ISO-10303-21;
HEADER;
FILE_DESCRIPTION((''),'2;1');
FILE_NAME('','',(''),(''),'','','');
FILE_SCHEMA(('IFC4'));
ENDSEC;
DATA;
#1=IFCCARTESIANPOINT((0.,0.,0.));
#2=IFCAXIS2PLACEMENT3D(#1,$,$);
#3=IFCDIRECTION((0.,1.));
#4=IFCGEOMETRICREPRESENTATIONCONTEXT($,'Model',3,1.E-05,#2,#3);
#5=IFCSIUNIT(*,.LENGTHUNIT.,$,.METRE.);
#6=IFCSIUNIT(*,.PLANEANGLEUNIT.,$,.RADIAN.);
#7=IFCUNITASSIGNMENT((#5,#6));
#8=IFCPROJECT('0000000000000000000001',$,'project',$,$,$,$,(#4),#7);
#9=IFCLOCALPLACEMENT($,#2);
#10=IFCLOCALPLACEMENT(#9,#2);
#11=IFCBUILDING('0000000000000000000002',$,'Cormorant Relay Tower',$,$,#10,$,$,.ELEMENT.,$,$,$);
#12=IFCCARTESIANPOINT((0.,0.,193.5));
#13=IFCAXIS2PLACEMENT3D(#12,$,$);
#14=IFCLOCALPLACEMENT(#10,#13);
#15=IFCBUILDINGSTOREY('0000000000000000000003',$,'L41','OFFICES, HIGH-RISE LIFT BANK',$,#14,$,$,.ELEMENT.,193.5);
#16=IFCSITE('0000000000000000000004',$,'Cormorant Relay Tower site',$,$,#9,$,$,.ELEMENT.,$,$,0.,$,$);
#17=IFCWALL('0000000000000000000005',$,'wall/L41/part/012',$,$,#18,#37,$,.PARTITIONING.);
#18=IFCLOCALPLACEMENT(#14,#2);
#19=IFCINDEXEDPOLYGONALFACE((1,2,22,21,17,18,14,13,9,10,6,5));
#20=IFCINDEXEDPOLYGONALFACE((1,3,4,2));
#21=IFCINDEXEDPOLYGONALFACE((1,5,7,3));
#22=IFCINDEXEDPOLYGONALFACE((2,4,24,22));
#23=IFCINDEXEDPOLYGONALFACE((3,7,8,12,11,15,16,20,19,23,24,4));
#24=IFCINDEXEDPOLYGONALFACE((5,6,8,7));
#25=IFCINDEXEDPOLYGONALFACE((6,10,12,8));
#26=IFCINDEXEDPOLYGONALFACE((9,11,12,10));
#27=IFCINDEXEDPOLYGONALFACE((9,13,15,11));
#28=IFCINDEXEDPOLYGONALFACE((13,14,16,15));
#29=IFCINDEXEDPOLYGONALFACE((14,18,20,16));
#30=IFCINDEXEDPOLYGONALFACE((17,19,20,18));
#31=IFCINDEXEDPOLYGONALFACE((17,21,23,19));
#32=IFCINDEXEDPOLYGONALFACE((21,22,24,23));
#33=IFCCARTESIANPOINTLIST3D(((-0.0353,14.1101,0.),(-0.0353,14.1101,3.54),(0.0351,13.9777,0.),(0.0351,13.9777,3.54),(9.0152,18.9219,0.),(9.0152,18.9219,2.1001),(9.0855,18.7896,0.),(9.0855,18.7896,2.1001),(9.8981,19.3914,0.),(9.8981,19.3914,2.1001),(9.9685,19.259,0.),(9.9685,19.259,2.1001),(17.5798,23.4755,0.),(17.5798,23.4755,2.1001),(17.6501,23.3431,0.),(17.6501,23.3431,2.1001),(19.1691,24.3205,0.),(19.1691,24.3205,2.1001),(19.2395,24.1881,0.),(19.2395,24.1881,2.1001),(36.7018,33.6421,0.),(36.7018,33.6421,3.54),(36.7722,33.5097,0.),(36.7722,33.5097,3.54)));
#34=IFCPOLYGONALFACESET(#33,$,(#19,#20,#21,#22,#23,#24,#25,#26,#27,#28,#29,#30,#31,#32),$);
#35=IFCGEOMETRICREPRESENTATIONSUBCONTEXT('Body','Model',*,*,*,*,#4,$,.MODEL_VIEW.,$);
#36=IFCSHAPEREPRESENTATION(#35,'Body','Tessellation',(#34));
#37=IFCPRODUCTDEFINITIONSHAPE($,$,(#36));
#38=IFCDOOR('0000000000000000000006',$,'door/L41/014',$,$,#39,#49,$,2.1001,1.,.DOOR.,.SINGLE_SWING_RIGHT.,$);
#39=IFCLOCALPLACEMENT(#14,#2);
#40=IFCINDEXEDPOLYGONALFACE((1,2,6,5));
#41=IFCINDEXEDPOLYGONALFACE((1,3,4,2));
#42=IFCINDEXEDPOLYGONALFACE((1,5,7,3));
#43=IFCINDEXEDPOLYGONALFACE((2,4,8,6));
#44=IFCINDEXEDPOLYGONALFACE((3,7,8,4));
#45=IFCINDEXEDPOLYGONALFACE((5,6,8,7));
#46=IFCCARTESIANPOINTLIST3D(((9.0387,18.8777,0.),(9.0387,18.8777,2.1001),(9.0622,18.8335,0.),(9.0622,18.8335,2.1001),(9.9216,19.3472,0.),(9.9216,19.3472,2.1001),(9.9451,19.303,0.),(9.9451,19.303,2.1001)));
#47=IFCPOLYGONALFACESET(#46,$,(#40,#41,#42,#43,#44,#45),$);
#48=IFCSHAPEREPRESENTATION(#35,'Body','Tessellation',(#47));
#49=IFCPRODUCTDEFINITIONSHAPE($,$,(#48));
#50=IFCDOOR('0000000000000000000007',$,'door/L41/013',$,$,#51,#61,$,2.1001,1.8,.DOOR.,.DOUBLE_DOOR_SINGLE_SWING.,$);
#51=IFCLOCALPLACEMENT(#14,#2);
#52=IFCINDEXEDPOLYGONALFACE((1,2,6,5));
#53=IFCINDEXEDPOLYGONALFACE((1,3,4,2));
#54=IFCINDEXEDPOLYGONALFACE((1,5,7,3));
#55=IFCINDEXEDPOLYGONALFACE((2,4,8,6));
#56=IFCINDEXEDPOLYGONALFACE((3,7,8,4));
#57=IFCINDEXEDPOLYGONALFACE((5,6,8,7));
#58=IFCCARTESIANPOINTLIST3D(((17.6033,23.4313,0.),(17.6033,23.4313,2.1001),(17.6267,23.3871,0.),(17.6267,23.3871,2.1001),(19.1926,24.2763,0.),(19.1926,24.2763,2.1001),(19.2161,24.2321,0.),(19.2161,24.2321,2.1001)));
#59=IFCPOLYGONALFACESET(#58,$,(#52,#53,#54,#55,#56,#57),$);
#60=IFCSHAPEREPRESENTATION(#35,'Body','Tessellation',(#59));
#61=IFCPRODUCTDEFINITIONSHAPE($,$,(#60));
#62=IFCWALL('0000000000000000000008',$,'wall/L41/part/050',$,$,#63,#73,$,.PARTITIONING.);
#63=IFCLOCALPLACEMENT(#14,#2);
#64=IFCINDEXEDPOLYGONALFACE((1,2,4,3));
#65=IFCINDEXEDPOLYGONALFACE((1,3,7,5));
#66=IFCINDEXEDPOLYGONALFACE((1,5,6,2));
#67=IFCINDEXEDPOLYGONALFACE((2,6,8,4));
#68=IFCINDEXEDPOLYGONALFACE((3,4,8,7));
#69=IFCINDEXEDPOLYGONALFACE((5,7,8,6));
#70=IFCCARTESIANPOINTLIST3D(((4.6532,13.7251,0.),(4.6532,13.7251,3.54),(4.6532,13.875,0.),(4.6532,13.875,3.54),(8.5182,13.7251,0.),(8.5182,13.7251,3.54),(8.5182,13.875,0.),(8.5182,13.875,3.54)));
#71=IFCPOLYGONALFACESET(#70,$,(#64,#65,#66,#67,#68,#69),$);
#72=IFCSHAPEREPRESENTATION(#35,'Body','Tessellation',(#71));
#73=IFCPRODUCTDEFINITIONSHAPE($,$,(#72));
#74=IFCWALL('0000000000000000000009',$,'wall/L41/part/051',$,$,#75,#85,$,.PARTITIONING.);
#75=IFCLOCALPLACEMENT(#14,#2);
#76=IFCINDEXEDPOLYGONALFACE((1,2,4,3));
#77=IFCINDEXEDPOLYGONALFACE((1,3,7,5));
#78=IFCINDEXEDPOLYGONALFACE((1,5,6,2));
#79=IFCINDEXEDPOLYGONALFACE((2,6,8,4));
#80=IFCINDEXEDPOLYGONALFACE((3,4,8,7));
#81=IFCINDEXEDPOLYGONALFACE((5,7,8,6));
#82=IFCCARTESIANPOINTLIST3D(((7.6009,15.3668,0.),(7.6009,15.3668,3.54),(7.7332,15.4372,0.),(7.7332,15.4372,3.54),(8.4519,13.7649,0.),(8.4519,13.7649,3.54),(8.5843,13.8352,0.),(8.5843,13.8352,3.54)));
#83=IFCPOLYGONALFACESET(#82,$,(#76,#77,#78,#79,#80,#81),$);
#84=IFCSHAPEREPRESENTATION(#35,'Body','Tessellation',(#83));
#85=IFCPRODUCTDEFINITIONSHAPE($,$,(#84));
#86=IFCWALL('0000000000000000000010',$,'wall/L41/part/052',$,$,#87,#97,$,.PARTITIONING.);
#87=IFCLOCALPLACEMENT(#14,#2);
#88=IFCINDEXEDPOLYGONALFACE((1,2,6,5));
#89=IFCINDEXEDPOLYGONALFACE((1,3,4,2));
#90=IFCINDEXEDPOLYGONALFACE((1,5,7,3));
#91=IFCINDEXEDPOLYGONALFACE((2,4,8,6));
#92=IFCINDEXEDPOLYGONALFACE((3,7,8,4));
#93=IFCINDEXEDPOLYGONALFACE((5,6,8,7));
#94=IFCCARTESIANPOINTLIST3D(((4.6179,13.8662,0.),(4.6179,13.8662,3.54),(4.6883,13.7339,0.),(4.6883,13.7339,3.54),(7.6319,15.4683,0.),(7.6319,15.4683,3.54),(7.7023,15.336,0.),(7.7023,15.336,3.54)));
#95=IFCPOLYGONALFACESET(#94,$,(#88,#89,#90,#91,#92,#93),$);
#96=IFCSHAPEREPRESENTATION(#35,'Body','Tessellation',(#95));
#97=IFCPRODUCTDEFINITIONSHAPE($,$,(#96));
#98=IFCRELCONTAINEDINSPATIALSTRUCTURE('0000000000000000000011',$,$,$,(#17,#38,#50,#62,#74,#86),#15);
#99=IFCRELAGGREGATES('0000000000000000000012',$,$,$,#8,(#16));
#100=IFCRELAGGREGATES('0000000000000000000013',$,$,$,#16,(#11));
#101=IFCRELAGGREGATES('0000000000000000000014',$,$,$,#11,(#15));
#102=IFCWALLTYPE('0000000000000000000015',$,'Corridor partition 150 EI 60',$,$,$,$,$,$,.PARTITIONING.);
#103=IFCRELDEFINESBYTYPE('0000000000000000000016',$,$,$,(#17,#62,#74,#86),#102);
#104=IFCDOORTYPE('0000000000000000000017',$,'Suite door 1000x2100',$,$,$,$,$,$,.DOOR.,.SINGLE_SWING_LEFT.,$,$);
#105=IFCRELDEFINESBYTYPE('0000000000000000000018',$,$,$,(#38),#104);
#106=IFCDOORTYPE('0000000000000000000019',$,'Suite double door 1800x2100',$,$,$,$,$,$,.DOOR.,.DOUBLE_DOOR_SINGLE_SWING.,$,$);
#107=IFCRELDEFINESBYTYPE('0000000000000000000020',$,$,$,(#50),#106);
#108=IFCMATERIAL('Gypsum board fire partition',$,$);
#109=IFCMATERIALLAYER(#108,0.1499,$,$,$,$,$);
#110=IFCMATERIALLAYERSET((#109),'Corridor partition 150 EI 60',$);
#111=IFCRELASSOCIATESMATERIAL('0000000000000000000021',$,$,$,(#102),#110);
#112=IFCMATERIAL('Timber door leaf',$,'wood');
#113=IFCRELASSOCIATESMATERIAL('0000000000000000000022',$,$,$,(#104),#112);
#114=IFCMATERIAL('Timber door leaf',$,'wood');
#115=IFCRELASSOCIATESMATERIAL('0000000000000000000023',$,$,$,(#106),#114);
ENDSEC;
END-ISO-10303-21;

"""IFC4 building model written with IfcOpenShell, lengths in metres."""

from ifc_helpers import new_model, si_unit, direction, frame, frame_2d, origin, place, context, subcontext, project, spatial, rectangle, extrude, material, layer, layer_set, type_object, element, fill, save


model = new_model("IFC4")

# Units and contexts
model_context = context("Model", 3, precision=1e-05, world=origin(), true_north=direction((0.0, 1.0)))
body_context = subcontext(model_context, "Body", "Model", "MODEL_VIEW")
ifc_project = project(units=[si_unit("LENGTHUNIT", "METRE"), si_unit("PLANEANGLEUNIT", "RADIAN")], contexts=[model_context])

# Site, building, storey
site_placement = place(None, origin())
site = spatial("IfcSite", under=ifc_project, at=site_placement, Name="Cormorant Relay Tower site", CompositionType="ELEMENT", RefElevation=0.0)
building_placement = place(site_placement, origin())
building = spatial("IfcBuilding", under=site, at=building_placement, Name="Cormorant Relay Tower", CompositionType="ELEMENT")
storey_placement = place(building_placement, frame((0.0, 0.0, 193.5)))
storey = spatial("IfcBuildingStorey", under=building, at=storey_placement, Name="L41", Description="OFFICES, HIGH-RISE LIFT BANK", CompositionType="ELEMENT", Elevation=193.5)

# Wall, openings, doors
ifc_material_1 = material(Name="Gypsum board fire partition")
ifc_layer_1 = layer(ifc_material_1, 0.1499)
ifc_layer_set_1 = layer_set([ifc_layer_1], Name="Corridor partition 150 EI 60")
wall_type_1 = type_object("IfcWallType", Name="Corridor partition 150 EI 60", PredefinedType="PARTITIONING", material=ifc_layer_set_1)
wall_1_placement = place(storey_placement, frame((0.0, 14.0439, 0.0), z_axis=(0.0, 0.0, 1.0), x_axis=(0.882962, 0.469444, 0.0)))
wall_1 = element("IfcWall", 1, at=wall_1_placement, inside=storey, type_object=wall_type_1, Name="wall/L41/part/012", PredefinedType="PARTITIONING", context=body_context, shape_type="SweptSolid", body=[
    extrude(rectangle(XDim=41.6067, YDim=0.1499, at=frame_2d((20.8032, 0.0))), origin(), (0.0, 0.0, 1.0), 3.54),
])
opening_1_placement = place(wall_1_placement, frame((19.95, 0.0, 0.0)))
opening_1 = element("IfcOpeningElement", 2, at=opening_1_placement, cuts=wall_1, PredefinedType="OPENING", context=body_context, shape_type="SweptSolid", body=[
    extrude(rectangle(XDim=1.8, YDim=2.1001, at=frame_2d((0.8999, 1.05))), frame((0.0, 0.085, 0.0), z_axis=(0.0, -1.0, 0.0), x_axis=(1.0, 0.0, 0.0)), (0.0, 0.0, 1.0), 0.1699),
])
opening_2_placement = place(wall_1_placement, frame((10.25, 0.0, 0.0)))
opening_2 = element("IfcOpeningElement", 3, at=opening_2_placement, cuts=wall_1, PredefinedType="OPENING", context=body_context, shape_type="SweptSolid", body=[
    extrude(rectangle(XDim=1.0, YDim=2.1001, at=frame_2d((0.5, 1.05))), frame((0.0, 0.085, 0.0), z_axis=(0.0, -1.0, 0.0), x_axis=(1.0, 0.0, 0.0)), (0.0, 0.0, 1.0), 0.1699),
])
ifc_material_2 = material(Name="Timber door leaf", Category="wood")
door_type_1 = type_object("IfcDoorType", Name="Suite door 1000x2100", OperationType="SINGLE_SWING_LEFT", PredefinedType="DOOR", material=ifc_material_2)
door_1_placement = place(opening_2_placement, origin())
door_1 = element("IfcDoor", 4, at=door_1_placement, inside=storey, type_object=door_type_1, Name="door/L41/014", OperationType="SINGLE_SWING_RIGHT", OverallHeight=2.1001, OverallWidth=1.0, PredefinedType="DOOR", context=body_context, shape_type="SweptSolid", body=[
    extrude(rectangle(XDim=1.0, YDim=2.1001, at=frame_2d((0.5, 1.05))), frame((0.0, 0.0249, 0.0), z_axis=(0.0, -1.0, 0.0), x_axis=(1.0, 0.0, 0.0)), (0.0, 0.0, 1.0), 0.05),
])
fill(opening_2, door_1)
ifc_material_3 = material(Name="Timber door leaf", Category="wood")
door_type_2 = type_object("IfcDoorType", Name="Suite double door 1800x2100", OperationType="DOUBLE_DOOR_SINGLE_SWING", PredefinedType="DOOR", material=ifc_material_3)
door_2_placement = place(opening_1_placement, origin())
door_2 = element("IfcDoor", 5, at=door_2_placement, inside=storey, type_object=door_type_2, Name="door/L41/013", OperationType="DOUBLE_DOOR_SINGLE_SWING", OverallHeight=2.1001, OverallWidth=1.8, PredefinedType="DOOR", context=body_context, shape_type="SweptSolid", body=[
    extrude(rectangle(XDim=1.8, YDim=2.1001, at=frame_2d((0.8999, 1.05))), frame((0.0, 0.0249, 0.0), z_axis=(0.0, -1.0, 0.0), x_axis=(1.0, 0.0, 0.0)), (0.0, 0.0, 1.0), 0.05),
])
fill(opening_1, door_2)

# Walls
wall_2_placement = place(storey_placement, frame((4.6531, 13.8, 0.0), z_axis=(0.0, 0.0, 1.0), x_axis=(1.0, 0.0, 0.0)))
element("IfcWall", 6, at=wall_2_placement, inside=storey, type_object=wall_type_1, Name="wall/L41/part/050", PredefinedType="PARTITIONING", context=body_context, shape_type="SweptSolid", body=[
    extrude(rectangle(XDim=3.865, YDim=0.1499, at=frame_2d((1.9326, 0.0))), origin(), (0.0, 0.0, 1.0), 3.54),
])
wall_3_placement = place(storey_placement, frame((8.5181, 13.8, 0.0), z_axis=(0.0, 0.0, 1.0), x_axis=(-0.469149, 0.883119, 0.0)))
element("IfcWall", 7, at=wall_3_placement, inside=storey, type_object=wall_type_1, Name="wall/L41/part/051", PredefinedType="PARTITIONING", context=body_context, shape_type="SweptSolid", body=[
    extrude(rectangle(XDim=1.814, YDim=0.1499, at=frame_2d((0.907, 0.0))), origin(), (0.0, 0.0, 1.0), 3.54),
])
wall_4_placement = place(storey_placement, frame((7.667, 15.4021, 0.0), z_axis=(0.0, 0.0, 1.0), x_axis=(-0.883005, -0.469363, 0.0)))
element("IfcWall", 8, at=wall_4_placement, inside=storey, type_object=wall_type_1, Name="wall/L41/part/052", PredefinedType="PARTITIONING", context=body_context, shape_type="SweptSolid", body=[
    extrude(rectangle(XDim=3.4133, YDim=0.1499, at=frame_2d((1.7065, 0.0))), origin(), (0.0, 0.0, 1.0), 3.54),
])

save(model, "model.ifc")
